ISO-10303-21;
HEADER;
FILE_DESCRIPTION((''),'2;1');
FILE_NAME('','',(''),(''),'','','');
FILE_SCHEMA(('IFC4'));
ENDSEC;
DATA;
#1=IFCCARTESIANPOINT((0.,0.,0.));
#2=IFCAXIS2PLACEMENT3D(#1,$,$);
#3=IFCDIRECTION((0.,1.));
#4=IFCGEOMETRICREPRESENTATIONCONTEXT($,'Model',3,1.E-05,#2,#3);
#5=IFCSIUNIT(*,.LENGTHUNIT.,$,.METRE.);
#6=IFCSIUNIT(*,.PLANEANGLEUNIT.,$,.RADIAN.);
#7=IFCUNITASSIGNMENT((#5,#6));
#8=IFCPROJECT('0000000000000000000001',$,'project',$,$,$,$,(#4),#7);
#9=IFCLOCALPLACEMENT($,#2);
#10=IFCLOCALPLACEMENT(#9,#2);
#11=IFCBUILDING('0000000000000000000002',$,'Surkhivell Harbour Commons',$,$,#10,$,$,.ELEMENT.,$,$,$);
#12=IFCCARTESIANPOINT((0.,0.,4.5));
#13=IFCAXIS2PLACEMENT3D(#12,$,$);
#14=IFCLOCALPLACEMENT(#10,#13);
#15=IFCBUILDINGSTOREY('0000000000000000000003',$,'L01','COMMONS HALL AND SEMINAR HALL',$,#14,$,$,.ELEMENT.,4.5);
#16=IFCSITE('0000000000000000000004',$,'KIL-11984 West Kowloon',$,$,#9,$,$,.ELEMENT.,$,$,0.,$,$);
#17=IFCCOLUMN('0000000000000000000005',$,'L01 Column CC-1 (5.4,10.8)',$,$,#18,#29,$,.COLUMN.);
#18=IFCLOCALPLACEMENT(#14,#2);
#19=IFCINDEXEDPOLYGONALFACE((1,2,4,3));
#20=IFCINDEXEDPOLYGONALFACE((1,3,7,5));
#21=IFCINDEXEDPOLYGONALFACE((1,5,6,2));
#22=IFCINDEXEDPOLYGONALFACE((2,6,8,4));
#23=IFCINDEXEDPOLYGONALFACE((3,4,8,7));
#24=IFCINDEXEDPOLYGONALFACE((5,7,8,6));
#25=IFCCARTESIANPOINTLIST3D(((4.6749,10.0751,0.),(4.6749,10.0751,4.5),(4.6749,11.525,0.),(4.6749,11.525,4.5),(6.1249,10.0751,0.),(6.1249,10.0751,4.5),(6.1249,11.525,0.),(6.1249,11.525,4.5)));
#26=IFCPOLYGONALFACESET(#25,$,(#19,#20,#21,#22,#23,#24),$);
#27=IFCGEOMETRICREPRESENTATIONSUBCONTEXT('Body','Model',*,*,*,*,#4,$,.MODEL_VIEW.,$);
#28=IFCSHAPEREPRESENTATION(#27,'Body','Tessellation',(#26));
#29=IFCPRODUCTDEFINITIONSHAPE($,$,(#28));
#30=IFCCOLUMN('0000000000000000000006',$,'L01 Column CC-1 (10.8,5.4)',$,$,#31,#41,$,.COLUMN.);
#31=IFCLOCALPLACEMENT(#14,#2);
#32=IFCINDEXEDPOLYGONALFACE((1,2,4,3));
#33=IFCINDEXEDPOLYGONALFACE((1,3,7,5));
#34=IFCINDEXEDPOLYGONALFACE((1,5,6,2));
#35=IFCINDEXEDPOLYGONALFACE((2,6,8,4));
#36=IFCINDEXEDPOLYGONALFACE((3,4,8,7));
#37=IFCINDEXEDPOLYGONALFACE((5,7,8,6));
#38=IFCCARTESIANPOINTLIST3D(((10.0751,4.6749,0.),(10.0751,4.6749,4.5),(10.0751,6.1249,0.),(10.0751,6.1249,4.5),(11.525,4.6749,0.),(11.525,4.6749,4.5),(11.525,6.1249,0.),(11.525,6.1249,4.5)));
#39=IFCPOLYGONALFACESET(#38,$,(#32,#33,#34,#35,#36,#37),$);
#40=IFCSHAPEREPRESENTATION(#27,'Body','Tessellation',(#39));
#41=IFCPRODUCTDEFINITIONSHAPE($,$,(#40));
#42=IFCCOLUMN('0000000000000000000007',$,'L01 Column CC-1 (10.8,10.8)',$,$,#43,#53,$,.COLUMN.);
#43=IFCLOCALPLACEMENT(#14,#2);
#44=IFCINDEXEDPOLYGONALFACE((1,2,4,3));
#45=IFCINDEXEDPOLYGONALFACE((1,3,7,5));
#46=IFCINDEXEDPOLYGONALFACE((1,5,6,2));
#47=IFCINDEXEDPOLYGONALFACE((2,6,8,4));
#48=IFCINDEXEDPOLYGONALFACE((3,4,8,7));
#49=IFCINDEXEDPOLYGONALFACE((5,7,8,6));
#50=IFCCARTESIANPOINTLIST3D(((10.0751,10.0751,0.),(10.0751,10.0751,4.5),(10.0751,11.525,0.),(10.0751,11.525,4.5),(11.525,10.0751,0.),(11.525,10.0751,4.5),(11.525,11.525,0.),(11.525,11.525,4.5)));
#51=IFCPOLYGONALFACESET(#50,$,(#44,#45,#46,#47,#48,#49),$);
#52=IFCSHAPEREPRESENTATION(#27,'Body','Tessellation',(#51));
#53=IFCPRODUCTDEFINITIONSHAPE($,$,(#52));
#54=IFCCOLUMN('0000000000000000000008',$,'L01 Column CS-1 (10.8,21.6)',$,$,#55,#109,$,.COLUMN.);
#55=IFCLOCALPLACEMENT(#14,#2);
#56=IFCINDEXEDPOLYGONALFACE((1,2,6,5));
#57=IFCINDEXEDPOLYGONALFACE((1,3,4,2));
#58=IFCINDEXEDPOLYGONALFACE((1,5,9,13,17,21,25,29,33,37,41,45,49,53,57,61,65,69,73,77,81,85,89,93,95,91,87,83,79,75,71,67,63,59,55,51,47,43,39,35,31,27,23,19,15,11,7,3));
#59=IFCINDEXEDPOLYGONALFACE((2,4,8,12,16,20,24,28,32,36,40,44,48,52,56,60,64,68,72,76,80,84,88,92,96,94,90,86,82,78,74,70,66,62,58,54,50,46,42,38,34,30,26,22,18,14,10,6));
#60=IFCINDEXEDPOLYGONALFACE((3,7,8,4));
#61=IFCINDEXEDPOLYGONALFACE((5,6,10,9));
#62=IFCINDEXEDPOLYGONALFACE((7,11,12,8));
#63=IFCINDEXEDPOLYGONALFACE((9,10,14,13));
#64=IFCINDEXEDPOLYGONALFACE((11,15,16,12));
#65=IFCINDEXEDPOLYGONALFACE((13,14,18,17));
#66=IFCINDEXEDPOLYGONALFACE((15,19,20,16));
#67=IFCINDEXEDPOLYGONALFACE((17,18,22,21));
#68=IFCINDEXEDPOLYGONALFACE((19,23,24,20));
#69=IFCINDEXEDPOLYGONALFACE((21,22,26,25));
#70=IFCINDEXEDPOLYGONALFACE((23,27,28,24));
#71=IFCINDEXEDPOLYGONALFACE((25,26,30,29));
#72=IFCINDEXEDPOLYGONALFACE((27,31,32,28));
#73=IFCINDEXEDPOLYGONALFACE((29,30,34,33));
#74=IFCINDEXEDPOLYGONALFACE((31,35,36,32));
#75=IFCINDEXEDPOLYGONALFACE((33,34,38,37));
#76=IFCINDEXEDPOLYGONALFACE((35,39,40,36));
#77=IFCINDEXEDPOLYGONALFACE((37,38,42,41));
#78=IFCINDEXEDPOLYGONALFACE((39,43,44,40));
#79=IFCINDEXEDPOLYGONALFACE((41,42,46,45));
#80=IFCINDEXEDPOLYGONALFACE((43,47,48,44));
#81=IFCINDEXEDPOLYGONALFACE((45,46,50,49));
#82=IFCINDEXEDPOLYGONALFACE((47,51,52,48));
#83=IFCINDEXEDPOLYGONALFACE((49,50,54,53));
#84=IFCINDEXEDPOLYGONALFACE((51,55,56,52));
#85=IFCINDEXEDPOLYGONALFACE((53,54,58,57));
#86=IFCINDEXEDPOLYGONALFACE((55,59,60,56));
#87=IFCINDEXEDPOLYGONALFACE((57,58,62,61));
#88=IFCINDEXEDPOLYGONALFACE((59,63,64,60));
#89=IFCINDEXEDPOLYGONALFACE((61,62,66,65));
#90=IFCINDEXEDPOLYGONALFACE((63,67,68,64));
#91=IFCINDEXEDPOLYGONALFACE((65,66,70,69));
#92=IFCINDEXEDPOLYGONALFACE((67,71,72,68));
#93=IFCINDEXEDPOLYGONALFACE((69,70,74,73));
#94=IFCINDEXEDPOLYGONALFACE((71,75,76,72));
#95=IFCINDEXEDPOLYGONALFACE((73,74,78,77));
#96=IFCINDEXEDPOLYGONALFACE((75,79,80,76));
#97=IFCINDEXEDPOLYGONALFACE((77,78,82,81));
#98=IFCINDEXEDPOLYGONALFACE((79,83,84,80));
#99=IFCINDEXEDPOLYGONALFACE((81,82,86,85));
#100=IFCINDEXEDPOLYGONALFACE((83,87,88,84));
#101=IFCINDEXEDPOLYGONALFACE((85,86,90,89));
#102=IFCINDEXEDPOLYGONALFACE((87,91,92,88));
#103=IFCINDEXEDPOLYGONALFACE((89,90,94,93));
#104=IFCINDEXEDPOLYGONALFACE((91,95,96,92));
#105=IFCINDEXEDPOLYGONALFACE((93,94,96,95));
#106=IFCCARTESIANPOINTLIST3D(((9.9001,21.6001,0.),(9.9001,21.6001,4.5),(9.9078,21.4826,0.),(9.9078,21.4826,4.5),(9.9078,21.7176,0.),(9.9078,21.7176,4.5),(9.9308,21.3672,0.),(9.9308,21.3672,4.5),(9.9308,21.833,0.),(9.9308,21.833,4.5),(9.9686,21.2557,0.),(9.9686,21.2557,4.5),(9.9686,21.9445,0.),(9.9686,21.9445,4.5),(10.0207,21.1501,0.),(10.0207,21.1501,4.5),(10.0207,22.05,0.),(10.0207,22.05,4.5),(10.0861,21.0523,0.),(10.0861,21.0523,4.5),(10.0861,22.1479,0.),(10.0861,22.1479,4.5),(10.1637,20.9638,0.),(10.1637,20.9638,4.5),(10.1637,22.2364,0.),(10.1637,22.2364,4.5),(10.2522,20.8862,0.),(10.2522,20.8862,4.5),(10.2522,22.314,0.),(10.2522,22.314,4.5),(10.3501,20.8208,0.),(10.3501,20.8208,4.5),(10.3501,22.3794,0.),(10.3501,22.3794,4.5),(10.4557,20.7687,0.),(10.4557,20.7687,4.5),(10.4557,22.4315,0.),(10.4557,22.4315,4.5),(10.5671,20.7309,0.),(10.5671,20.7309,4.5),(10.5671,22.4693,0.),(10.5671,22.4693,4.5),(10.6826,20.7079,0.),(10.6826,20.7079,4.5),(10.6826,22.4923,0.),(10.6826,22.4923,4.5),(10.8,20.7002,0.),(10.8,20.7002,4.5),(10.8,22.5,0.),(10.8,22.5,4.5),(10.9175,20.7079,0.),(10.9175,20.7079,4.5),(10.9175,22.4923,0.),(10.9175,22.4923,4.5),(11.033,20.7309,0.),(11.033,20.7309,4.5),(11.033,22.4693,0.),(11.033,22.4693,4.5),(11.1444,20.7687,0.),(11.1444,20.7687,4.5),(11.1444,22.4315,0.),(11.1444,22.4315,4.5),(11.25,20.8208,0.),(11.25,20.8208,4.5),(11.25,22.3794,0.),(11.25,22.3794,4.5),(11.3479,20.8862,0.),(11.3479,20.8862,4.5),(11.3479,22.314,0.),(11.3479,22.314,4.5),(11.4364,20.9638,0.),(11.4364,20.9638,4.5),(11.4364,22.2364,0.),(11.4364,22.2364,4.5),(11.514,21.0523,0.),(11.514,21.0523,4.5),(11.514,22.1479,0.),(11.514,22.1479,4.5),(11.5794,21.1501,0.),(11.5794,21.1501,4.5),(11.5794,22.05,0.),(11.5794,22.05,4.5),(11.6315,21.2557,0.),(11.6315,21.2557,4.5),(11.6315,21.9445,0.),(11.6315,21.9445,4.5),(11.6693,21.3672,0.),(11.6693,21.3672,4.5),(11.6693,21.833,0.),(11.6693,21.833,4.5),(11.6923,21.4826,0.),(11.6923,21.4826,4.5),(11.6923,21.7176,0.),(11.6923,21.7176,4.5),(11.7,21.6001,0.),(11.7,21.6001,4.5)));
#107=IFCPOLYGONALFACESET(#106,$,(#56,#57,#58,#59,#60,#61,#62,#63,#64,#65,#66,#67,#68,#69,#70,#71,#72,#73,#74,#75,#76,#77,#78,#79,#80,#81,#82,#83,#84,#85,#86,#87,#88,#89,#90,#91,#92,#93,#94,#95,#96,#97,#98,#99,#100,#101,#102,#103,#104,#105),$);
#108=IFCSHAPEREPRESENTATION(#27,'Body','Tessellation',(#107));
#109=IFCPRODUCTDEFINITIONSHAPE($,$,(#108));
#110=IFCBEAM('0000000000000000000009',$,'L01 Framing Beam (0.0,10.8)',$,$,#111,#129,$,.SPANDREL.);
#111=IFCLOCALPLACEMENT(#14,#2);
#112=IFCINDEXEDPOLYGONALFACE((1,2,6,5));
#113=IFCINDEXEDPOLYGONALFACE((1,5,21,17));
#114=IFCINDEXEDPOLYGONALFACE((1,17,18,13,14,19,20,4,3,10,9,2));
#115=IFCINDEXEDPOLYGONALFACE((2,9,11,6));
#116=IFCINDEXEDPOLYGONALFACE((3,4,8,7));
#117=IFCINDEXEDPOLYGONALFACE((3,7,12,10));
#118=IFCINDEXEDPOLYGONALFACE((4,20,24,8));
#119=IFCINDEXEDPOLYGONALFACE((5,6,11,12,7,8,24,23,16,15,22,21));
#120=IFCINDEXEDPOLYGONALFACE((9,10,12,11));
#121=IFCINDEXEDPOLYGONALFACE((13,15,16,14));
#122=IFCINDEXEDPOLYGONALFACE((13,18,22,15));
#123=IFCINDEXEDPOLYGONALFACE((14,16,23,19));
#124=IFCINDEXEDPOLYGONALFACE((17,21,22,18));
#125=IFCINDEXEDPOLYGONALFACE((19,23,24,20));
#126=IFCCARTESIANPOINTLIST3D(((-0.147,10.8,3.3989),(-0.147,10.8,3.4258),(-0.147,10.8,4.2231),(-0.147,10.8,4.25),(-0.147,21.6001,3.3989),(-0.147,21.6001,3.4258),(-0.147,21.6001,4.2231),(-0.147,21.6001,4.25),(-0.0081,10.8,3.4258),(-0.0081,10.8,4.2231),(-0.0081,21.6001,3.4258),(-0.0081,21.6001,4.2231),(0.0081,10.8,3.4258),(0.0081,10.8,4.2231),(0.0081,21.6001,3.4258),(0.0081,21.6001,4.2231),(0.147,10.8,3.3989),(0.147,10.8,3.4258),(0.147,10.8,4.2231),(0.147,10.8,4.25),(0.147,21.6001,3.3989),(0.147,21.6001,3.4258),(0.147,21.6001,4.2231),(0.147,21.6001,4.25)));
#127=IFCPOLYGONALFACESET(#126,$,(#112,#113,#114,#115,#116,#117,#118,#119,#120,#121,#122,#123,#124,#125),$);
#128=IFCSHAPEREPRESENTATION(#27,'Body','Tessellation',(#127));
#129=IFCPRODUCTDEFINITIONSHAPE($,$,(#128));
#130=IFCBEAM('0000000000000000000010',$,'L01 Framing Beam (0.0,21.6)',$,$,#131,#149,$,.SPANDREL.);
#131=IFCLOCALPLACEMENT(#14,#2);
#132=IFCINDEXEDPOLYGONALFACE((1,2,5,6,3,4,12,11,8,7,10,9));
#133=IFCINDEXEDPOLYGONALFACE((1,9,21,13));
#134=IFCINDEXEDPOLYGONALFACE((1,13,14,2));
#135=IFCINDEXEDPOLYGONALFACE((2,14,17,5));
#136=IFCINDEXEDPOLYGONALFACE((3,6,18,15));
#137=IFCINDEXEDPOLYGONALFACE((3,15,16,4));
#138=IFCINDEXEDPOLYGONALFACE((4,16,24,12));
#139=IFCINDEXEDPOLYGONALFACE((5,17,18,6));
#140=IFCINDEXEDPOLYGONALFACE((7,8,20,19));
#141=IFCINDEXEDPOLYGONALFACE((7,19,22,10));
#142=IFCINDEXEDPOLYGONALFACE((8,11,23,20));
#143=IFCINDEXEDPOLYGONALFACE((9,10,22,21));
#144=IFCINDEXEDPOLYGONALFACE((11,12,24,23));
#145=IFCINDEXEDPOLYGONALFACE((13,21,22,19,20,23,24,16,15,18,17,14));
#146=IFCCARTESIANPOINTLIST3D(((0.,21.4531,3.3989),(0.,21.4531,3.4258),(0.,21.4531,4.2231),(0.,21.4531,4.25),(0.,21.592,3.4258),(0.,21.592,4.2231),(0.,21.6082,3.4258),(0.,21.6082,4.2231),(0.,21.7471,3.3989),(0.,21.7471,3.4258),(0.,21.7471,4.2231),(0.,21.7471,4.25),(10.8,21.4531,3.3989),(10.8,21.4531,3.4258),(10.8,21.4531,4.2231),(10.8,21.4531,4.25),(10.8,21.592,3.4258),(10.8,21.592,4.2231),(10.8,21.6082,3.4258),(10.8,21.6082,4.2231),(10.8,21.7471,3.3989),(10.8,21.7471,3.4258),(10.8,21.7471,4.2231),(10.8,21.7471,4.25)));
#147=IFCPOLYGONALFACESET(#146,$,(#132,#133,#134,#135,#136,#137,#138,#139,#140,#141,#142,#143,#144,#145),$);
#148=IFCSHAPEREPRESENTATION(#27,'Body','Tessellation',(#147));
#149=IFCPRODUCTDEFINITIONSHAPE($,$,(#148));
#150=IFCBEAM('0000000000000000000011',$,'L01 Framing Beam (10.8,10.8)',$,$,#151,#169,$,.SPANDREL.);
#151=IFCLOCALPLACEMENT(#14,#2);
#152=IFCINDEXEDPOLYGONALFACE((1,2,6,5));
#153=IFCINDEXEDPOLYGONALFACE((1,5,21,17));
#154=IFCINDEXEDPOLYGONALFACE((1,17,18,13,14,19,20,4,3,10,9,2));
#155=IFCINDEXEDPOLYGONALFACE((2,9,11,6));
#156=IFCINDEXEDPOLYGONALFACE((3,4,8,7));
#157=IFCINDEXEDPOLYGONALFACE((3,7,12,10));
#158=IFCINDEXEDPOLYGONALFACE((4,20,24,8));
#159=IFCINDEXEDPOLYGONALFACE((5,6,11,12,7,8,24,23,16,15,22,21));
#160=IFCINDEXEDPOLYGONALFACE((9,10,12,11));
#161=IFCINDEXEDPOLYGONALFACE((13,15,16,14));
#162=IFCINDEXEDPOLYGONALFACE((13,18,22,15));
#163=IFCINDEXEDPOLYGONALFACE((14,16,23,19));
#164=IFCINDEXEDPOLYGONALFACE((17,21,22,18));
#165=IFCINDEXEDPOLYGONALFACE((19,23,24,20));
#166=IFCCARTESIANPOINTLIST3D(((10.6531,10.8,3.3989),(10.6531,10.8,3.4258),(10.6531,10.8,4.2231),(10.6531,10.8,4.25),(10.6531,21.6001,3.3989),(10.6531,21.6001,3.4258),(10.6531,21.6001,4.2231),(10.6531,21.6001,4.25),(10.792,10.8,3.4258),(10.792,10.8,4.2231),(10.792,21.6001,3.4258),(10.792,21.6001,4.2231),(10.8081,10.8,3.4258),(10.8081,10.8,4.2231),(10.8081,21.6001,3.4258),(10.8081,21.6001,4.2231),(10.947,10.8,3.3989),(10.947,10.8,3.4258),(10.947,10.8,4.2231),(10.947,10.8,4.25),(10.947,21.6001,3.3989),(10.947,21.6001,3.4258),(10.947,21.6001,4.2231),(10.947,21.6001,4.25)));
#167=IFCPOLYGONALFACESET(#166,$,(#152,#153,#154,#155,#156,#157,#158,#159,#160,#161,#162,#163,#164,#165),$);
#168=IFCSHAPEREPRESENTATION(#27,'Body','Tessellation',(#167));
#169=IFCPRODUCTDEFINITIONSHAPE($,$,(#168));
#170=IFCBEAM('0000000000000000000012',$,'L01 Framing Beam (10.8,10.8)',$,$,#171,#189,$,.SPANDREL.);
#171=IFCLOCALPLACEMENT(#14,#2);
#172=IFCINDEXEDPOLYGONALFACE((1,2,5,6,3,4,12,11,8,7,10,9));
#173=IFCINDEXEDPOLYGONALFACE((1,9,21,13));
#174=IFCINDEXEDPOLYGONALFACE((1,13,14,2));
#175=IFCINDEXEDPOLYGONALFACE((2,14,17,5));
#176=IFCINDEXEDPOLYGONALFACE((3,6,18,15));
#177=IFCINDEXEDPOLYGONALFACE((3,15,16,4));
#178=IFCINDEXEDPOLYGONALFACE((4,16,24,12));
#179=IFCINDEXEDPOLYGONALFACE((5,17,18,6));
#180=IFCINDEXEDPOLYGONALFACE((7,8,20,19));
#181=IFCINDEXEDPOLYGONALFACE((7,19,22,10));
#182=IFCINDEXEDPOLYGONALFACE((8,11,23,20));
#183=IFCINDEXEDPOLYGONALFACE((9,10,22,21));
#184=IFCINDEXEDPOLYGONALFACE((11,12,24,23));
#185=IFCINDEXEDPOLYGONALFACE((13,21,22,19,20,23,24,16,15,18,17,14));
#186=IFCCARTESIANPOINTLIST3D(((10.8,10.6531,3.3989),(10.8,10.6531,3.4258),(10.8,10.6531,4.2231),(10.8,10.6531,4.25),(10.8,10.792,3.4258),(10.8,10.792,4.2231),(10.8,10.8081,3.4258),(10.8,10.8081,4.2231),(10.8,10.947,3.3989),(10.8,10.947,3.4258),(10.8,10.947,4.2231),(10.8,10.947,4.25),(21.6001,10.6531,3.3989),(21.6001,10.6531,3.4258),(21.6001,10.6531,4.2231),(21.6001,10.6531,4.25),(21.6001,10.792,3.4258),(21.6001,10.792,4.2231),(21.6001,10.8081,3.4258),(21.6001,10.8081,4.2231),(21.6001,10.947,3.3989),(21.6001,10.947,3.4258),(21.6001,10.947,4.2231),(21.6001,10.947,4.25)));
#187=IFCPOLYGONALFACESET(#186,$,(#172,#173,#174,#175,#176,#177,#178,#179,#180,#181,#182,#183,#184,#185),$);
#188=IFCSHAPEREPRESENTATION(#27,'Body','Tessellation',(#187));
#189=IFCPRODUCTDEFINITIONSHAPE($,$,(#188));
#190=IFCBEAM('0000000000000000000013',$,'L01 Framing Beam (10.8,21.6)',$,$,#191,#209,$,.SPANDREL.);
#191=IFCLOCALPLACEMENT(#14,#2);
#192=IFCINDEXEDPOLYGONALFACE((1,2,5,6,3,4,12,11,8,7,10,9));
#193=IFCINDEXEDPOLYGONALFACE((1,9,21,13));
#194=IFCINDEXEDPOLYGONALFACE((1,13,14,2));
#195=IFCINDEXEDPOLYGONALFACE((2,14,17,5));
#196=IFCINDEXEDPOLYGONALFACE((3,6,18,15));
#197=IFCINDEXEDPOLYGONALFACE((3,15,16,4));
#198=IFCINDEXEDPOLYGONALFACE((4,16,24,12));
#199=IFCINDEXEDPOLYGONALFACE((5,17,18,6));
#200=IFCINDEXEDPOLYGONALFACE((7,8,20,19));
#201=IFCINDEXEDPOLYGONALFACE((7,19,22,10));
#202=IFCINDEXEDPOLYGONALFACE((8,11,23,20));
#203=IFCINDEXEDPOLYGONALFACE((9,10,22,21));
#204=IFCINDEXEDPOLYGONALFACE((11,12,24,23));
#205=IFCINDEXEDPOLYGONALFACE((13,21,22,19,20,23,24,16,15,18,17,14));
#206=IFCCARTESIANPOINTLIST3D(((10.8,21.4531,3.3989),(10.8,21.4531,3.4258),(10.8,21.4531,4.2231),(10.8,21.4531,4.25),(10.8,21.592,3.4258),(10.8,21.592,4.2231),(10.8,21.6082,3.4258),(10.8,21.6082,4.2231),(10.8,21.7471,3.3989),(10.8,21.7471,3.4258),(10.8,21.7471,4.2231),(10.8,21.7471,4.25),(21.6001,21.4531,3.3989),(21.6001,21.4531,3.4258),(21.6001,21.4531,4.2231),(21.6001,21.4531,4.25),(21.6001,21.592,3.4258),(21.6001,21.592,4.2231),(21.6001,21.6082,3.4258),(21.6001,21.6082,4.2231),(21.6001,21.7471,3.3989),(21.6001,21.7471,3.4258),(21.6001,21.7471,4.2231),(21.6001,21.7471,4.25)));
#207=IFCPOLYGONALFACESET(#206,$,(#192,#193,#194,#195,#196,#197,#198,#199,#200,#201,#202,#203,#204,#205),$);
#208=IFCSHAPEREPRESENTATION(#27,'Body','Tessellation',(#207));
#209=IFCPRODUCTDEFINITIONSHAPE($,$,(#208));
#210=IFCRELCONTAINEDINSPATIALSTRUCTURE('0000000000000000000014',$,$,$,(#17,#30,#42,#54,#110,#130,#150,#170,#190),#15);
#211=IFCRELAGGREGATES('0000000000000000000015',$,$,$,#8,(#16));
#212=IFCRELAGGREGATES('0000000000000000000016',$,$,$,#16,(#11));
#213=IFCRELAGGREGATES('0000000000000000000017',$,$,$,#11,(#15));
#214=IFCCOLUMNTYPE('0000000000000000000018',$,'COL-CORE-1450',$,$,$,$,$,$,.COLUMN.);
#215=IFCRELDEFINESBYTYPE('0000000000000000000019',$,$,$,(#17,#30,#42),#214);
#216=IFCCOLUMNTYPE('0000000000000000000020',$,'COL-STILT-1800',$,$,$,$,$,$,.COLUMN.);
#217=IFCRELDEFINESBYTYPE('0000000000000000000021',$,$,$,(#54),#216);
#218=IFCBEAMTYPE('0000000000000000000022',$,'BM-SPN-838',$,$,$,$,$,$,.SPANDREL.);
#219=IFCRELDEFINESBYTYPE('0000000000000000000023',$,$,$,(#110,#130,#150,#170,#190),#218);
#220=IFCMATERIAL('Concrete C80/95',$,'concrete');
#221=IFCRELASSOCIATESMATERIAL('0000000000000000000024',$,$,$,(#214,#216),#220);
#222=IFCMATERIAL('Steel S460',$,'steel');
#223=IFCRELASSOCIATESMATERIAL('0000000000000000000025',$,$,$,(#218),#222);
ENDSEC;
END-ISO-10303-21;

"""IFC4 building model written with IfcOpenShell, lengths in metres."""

from ifc_helpers import new_model, si_unit, direction, frame, origin, origin_2d, place, context, subcontext, project, spatial, rectangle, circle, i_section, extrude, material, material_profile, profile_set, type_object, element, save


model = new_model("IFC4")

# Units and contexts
model_context = context("Model", 3, precision=1e-05, world=origin(), true_north=direction((0.0, 1.0)))
body_context = subcontext(model_context, "Body", "Model", "MODEL_VIEW")
ifc_project = project(units=[si_unit("LENGTHUNIT", "METRE"), si_unit("PLANEANGLEUNIT", "RADIAN")], contexts=[model_context])

# Site, building, storey
site_placement = place(None, origin())
site = spatial("IfcSite", under=ifc_project, at=site_placement, Name="KIL-11984 West Kowloon", CompositionType="ELEMENT", RefElevation=0.0)
building_placement = place(site_placement, origin())
building = spatial("IfcBuilding", under=site, at=building_placement, Name="Surkhivell Harbour Commons", CompositionType="ELEMENT")
storey_placement = place(building_placement, frame((0.0, 0.0, 4.5)))
storey = spatial("IfcBuildingStorey", under=building, at=storey_placement, Name="L01", Description="COMMONS HALL AND SEMINAR HALL", CompositionType="ELEMENT", Elevation=4.5)

# Columns
ifc_material_1 = material(Name="Concrete C80/95", Category="concrete")
ifc_material_profile_1 = material_profile(ifc_material_1, rectangle(XDim=1.45, YDim=1.45, at=origin_2d()), Name="RC-COL-1450x1450")
ifc_profile_set_1 = profile_set([ifc_material_profile_1], Name="Concrete C80/95")
column_type_1 = type_object("IfcColumnType", Name="COL-CORE-1450", PredefinedType="COLUMN", material=ifc_profile_set_1)
for number, where, z_axis, x_axis, name in (
    (1, (5.3999, 10.8, 0.0), (0.0, 0.0, 1.0), (1.0, 0.0, 0.0), "L01 Column CC-1 (5.4,10.8)"),
    (2, (10.8, 5.3999, 0.0), (0.0, 0.0, 1.0), (1.0, 0.0, 0.0), "L01 Column CC-1 (10.8,5.4)"),
    (3, (10.8, 10.8, 0.0), (0.0, 0.0, 1.0), (1.0, 0.0, 0.0), "L01 Column CC-1 (10.8,10.8)"),
):
    element("IfcColumn", number, at=place(storey_placement, frame(where, z_axis=z_axis, x_axis=x_axis)), inside=storey, type_object=column_type_1, Name=name, PredefinedType="COLUMN", context=body_context, shape_type="SweptSolid", body=[
        extrude(rectangle(XDim=1.45, YDim=1.45, at=origin_2d()), origin(), (0.0, 0.0, 1.0), 4.5),
    ])
ifc_material_profile_2 = material_profile(ifc_material_1, circle(Radius=0.8999, at=origin_2d()), Name="RC-CIRC-1800")
ifc_profile_set_2 = profile_set([ifc_material_profile_2], Name="Concrete C80/95")
column_type_2 = type_object("IfcColumnType", Name="COL-STILT-1800", PredefinedType="COLUMN", material=ifc_profile_set_2)
column_placement = place(storey_placement, frame((10.8, 21.6001, 0.0), z_axis=(0.0, 0.0, 1.0), x_axis=(1.0, 0.0, 0.0)))
element("IfcColumn", 4, at=column_placement, inside=storey, type_object=column_type_2, Name="L01 Column CS-1 (10.8,21.6)", PredefinedType="COLUMN", context=body_context, shape_type="SweptSolid", body=[
    extrude(circle(Radius=0.8999, at=origin_2d()), origin(), (0.0, 0.0, 1.0), 4.5),
])

# Beams
ifc_material_2 = material(Name="Steel S460", Category="steel")
ifc_material_profile_3 = material_profile(ifc_material_2, i_section(OverallWidth=0.2939, OverallDepth=0.8511, WebThickness=0.0161, FlangeThickness=0.0269, at=origin_2d()), Name="UB838x292x226")
ifc_profile_set_3 = profile_set([ifc_material_profile_3], Name="Steel S460")
beam_type = type_object("IfcBeamType", Name="BM-SPN-838", PredefinedType="SPANDREL", material=ifc_profile_set_3)
for number, where, z_axis, x_axis, name in (
    (5, (0.0, 10.8, 3.8245), (0.0, 1.0, 0.0), (-1.0, 0.0, 0.0), "L01 Framing Beam (0.0,10.8)"),
    (6, (0.0, 21.6001, 3.8245), (1.0, 0.0, 0.0), (0.0, 1.0, 0.0), "L01 Framing Beam (0.0,21.6)"),
    (7, (10.8, 10.8, 3.8245), (0.0, 1.0, 0.0), (-1.0, 0.0, 0.0), "L01 Framing Beam (10.8,10.8)"),
    (8, (10.8, 10.8, 3.8245), (1.0, 0.0, 0.0), (0.0, 1.0, 0.0), "L01 Framing Beam (10.8,10.8)"),
    (9, (10.8, 21.6001, 3.8245), (1.0, 0.0, 0.0), (0.0, 1.0, 0.0), "L01 Framing Beam (10.8,21.6)"),
):
    element("IfcBeam", number, at=place(storey_placement, frame(where, z_axis=z_axis, x_axis=x_axis)), inside=storey, type_object=beam_type, Name=name, PredefinedType="SPANDREL", context=body_context, shape_type="SweptSolid", body=[
        extrude(i_section(OverallWidth=0.2939, OverallDepth=0.8511, WebThickness=0.0161, FlangeThickness=0.0269, at=origin_2d()), origin(), (0.0, 0.0, 1.0), 10.8),
    ])

save(model, "model.ifc")
